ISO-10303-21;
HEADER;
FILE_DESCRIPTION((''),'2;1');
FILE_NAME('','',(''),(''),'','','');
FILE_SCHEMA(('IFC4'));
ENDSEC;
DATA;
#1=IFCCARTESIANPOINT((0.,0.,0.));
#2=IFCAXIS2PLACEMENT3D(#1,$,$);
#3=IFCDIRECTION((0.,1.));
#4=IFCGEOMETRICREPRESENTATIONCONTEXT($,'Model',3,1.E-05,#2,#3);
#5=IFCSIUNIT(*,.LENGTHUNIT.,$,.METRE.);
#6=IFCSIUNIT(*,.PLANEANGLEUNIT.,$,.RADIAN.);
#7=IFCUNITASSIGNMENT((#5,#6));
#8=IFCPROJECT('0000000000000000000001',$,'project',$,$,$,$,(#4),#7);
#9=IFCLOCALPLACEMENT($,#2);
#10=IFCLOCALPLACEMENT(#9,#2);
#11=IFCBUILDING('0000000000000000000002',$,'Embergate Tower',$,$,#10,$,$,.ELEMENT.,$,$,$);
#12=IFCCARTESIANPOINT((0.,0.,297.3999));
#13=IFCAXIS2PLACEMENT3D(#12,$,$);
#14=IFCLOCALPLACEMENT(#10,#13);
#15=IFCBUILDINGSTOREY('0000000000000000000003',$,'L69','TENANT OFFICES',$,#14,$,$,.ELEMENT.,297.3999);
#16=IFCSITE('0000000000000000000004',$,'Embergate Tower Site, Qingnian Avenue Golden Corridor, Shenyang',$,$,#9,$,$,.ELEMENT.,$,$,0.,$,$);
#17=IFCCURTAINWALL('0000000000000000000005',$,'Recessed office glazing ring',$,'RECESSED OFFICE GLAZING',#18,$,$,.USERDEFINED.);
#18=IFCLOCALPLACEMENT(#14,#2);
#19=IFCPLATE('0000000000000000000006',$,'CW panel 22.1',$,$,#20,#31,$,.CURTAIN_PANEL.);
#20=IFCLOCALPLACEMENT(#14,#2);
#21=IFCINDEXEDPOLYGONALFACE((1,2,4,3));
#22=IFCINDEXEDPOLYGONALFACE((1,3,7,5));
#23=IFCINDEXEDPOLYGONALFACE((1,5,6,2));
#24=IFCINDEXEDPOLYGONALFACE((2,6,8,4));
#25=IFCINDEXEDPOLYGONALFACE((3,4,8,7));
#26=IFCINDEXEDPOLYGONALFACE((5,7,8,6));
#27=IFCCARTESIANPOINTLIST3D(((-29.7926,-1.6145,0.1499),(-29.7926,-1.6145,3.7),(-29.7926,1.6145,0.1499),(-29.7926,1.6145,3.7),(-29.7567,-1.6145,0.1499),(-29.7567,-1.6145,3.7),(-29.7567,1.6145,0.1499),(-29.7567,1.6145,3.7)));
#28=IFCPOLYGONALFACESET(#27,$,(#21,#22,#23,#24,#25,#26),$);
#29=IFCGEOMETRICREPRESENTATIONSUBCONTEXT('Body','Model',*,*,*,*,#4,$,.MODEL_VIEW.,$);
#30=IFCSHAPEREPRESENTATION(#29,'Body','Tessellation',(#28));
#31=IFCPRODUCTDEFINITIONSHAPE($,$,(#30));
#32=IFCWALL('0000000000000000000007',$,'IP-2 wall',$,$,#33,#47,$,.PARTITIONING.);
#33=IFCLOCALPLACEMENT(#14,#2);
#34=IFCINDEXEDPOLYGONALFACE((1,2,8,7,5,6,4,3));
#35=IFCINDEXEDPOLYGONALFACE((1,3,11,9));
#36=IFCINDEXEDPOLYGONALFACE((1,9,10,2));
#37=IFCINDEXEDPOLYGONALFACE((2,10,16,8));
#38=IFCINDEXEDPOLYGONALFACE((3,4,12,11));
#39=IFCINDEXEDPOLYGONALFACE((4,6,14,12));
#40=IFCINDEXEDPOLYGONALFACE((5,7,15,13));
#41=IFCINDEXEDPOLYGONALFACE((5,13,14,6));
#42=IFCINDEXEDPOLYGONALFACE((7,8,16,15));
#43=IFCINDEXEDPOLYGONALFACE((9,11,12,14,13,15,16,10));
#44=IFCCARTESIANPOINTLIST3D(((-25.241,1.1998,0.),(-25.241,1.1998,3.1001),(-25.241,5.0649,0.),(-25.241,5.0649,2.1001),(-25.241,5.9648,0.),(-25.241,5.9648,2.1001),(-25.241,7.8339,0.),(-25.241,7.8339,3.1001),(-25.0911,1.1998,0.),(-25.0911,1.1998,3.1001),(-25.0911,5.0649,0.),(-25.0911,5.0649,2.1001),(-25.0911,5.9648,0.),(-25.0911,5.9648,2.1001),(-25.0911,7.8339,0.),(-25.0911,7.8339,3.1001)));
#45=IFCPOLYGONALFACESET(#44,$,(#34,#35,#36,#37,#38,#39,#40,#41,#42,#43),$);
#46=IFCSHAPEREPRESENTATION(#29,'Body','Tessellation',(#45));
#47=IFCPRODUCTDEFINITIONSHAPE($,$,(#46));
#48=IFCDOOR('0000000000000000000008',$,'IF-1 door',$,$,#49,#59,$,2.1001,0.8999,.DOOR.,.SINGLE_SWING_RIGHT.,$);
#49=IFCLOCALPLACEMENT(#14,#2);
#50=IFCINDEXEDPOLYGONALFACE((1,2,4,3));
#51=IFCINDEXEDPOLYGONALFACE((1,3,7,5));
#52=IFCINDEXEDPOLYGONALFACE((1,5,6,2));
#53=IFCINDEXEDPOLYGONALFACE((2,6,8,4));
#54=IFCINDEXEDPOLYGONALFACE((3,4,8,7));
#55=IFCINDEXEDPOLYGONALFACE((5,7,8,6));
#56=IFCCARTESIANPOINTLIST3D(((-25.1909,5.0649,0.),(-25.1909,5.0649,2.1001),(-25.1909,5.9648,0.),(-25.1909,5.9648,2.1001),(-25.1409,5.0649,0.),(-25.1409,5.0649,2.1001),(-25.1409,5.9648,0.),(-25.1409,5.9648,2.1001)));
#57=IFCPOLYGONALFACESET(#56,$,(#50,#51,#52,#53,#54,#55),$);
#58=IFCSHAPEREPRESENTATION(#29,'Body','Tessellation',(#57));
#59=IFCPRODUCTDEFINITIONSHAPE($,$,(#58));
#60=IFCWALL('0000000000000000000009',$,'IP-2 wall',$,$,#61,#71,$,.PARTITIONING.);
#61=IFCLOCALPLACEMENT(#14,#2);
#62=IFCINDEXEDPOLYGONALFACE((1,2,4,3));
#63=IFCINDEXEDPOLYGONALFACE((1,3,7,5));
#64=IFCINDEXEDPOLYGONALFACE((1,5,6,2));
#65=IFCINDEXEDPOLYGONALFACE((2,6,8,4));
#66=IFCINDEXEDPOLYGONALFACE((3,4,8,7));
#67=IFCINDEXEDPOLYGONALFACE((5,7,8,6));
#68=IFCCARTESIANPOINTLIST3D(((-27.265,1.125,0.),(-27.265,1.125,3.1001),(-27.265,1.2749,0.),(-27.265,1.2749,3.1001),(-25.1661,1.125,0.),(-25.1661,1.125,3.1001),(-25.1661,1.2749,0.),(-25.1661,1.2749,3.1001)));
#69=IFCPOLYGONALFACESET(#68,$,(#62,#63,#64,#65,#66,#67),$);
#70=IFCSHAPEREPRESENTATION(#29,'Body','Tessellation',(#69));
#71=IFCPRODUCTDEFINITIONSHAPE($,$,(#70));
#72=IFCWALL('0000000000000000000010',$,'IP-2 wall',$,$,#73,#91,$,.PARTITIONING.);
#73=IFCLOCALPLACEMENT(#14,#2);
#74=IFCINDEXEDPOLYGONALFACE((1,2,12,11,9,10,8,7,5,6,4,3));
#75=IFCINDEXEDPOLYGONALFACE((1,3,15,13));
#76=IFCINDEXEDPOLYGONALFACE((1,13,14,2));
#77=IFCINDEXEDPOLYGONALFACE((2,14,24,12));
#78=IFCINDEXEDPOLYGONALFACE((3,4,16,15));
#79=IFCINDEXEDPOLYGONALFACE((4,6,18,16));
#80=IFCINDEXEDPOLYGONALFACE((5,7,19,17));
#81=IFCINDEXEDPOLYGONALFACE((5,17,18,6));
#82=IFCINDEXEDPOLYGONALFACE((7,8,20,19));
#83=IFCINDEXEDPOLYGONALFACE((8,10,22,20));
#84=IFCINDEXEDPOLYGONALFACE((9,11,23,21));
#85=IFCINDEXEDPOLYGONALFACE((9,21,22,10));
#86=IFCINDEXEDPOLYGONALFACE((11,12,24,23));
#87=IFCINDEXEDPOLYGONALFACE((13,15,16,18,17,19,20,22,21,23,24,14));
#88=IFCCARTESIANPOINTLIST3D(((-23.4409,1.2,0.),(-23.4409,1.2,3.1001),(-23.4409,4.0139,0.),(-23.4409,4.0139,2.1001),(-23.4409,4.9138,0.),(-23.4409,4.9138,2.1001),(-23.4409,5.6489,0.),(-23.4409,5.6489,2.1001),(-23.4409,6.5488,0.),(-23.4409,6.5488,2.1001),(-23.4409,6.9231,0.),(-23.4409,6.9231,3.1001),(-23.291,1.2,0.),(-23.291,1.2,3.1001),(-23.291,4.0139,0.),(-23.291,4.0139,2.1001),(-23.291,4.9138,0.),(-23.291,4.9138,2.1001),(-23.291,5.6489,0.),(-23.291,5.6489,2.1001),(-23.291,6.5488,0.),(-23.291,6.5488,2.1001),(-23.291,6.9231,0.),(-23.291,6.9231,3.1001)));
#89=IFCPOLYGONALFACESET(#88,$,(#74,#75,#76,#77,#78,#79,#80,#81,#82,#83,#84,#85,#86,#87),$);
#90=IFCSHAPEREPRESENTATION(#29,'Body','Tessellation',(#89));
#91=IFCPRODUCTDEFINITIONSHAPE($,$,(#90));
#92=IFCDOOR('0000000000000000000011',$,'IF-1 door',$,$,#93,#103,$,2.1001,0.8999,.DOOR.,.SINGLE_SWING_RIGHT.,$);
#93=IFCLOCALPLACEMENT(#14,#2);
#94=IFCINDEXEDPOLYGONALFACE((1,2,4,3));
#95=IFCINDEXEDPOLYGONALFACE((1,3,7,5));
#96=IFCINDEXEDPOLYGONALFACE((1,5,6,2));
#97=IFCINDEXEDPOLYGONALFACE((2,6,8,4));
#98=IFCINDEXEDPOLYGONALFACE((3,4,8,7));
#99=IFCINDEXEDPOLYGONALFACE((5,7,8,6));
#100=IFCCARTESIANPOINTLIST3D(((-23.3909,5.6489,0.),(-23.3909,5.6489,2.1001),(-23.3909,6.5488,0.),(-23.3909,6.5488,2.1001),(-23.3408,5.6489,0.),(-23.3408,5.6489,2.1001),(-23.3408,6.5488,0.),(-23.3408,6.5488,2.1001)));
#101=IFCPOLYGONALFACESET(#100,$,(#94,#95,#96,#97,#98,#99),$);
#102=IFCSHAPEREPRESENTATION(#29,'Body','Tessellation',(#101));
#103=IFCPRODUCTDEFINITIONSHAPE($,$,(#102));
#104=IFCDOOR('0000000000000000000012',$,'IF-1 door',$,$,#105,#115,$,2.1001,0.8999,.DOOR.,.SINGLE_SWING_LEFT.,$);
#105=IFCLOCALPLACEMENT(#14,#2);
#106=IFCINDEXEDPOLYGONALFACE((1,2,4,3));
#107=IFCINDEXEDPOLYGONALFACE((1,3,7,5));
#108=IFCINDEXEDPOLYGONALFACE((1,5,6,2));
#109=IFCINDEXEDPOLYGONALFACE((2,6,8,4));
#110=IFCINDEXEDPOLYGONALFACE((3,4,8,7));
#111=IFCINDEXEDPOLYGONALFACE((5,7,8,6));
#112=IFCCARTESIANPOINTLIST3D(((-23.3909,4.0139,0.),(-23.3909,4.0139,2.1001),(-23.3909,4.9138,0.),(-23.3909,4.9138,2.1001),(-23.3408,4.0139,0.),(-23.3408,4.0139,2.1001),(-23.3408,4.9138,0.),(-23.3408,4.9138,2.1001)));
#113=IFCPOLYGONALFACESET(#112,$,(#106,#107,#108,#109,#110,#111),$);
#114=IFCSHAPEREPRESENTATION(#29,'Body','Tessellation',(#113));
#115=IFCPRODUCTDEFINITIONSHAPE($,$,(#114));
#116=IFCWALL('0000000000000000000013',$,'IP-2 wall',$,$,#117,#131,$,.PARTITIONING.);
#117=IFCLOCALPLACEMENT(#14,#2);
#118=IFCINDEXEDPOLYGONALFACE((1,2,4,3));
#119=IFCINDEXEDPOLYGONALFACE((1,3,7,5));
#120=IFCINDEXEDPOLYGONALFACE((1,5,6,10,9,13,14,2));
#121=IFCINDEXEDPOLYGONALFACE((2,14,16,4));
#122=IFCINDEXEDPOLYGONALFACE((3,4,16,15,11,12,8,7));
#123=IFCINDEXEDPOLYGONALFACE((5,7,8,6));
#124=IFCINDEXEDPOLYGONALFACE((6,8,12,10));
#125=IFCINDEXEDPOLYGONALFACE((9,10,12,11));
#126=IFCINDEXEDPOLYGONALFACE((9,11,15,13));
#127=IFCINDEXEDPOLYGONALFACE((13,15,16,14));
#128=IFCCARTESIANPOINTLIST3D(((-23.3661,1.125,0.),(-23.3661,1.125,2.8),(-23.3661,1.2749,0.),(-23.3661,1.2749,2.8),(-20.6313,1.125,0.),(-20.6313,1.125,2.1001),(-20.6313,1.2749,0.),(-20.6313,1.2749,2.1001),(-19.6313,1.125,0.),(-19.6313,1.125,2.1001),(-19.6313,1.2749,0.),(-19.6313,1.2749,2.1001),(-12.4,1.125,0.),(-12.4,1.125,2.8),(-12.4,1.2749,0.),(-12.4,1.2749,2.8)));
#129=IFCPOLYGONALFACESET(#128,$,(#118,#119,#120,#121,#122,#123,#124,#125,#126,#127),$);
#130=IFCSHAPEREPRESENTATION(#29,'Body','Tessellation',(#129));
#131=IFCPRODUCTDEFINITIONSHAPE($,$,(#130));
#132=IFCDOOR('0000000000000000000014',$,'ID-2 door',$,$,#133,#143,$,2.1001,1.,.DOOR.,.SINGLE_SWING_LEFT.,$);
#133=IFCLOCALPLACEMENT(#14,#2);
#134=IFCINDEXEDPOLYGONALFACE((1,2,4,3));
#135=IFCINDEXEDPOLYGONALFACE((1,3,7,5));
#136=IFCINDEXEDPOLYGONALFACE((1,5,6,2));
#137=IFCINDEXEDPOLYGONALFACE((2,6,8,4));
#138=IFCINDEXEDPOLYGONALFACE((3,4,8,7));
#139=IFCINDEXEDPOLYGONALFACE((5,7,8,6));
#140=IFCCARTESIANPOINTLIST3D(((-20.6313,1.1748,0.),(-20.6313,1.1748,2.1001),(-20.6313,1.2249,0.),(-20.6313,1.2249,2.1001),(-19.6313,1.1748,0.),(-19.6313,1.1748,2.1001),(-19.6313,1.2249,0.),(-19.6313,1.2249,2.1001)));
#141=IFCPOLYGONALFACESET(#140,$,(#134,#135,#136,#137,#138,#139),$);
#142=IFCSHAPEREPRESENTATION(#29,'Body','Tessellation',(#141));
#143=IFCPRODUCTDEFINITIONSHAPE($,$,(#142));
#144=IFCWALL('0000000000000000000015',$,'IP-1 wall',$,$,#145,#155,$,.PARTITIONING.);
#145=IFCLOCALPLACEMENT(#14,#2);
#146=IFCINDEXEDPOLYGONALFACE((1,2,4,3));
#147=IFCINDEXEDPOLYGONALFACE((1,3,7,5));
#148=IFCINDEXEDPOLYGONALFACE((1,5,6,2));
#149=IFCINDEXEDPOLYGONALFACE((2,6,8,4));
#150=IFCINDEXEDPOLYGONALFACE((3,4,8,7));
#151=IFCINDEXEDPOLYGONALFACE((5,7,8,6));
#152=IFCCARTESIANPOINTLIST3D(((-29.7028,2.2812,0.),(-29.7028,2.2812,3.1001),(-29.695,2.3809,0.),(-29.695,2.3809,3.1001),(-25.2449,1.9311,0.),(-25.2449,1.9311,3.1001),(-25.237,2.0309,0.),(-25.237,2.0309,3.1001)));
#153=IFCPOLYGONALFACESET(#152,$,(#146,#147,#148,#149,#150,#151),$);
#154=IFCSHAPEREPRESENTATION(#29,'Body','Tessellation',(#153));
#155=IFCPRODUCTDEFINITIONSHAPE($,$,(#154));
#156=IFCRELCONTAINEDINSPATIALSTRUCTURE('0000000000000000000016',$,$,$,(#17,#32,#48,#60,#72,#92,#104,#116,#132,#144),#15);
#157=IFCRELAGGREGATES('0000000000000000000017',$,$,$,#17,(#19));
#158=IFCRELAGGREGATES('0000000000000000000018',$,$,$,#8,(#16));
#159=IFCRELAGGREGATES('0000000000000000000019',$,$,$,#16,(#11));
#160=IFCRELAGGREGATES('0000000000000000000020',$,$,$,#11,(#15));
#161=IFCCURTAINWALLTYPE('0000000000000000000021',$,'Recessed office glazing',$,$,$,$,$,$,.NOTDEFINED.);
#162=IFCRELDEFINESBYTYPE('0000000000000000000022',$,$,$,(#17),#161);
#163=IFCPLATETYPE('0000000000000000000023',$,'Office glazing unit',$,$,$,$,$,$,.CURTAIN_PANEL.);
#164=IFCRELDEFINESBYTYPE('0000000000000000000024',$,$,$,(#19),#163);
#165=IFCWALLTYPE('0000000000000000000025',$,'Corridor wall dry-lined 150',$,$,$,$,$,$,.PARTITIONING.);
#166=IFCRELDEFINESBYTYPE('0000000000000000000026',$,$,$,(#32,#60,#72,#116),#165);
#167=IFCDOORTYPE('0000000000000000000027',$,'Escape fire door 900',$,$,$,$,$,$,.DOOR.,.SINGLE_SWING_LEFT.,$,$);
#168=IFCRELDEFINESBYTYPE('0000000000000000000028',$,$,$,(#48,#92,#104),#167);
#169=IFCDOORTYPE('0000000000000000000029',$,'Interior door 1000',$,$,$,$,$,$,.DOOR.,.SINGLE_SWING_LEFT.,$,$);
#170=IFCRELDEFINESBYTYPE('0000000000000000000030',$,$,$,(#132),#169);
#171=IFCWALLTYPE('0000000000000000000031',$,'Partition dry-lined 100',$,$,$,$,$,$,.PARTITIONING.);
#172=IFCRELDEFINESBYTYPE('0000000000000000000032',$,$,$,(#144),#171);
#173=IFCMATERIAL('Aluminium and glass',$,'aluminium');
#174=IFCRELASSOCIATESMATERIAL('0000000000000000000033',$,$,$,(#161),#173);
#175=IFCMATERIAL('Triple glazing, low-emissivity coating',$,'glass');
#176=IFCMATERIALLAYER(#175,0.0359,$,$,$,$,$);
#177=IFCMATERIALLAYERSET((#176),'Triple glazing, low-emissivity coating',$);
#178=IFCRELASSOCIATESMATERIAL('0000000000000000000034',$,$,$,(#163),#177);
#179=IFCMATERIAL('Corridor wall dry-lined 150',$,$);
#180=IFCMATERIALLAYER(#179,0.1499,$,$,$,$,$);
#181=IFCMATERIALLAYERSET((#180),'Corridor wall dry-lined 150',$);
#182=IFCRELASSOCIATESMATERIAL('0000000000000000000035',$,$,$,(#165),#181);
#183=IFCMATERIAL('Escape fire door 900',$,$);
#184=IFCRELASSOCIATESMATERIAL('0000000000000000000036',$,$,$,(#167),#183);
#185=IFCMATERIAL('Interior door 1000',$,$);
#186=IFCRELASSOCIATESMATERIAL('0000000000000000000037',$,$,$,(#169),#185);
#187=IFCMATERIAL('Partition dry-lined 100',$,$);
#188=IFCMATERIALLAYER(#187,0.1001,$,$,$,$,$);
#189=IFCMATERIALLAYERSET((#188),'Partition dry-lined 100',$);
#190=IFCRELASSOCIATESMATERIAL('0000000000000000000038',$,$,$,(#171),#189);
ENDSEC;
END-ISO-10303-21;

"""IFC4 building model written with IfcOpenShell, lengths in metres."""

from ifc_helpers import new_model, si_unit, direction, frame, frame_2d, origin, origin_2d, place, context, subcontext, project, spatial, rectangle, extrude, source, transform, mapped, material, layer, layer_set, type_object, element, fill, aggregate, save


model = new_model("IFC4")

# Units and contexts
model_context = context("Model", 3, precision=1e-05, world=origin(), true_north=direction((0.0, 1.0)))
body_context = subcontext(model_context, "Body", "Model", "MODEL_VIEW")
ifc_project = project(units=[si_unit("LENGTHUNIT", "METRE"), si_unit("PLANEANGLEUNIT", "RADIAN")], contexts=[model_context])

# Site, building, storey
site_placement = place(None, origin())
site = spatial("IfcSite", under=ifc_project, at=site_placement, Name="Embergate Tower Site, Qingnian Avenue Golden Corridor, Shenyang", CompositionType="ELEMENT", RefElevation=0.0)
building_placement = place(site_placement, origin())
building = spatial("IfcBuilding", under=site, at=building_placement, Name="Embergate Tower", CompositionType="ELEMENT")
storey_placement = place(building_placement, frame((0.0, 0.0, 297.3999)))
storey = spatial("IfcBuildingStorey", under=building, at=storey_placement, Name="L69", Description="TENANT OFFICES", CompositionType="ELEMENT", Elevation=297.3999)

# Curtain wall, plate
ifc_material_1 = material(Name="Aluminium and glass", Category="aluminium")
curtain_wall_type = type_object("IfcCurtainWallType", Name="Recessed office glazing", PredefinedType="NOTDEFINED", material=ifc_material_1)
curtain_wall_placement = place(storey_placement, origin())
curtain_wall = element("IfcCurtainWall", 1, at=curtain_wall_placement, inside=storey, type_object=curtain_wall_type, Name="Recessed office glazing ring", ObjectType="RECESSED OFFICE GLAZING", PredefinedType="USERDEFINED")
ifc_material_2 = material(Name="Triple glazing, low-emissivity coating", Category="glass")
ifc_layer_1 = layer(ifc_material_2, 0.0359)
ifc_layer_set_1 = layer_set([ifc_layer_1], Name="Triple glazing, low-emissivity coating")
plate_type = type_object("IfcPlateType", Name="Office glazing unit", PredefinedType="CURTAIN_PANEL", material=ifc_layer_set_1)
shared_shape_1 = source(origin(), body_context, "Body", "SweptSolid", [
    extrude(rectangle(XDim=3.229, YDim=0.0359, at=origin_2d()), origin(), (0.0, 0.0, 1.0), 3.55),
])
plate_1_placement = place(storey_placement, frame((-29.7747, 0.0, 0.1499), z_axis=(0.0, 0.0, 1.0), x_axis=(0.0, -1.0, 0.0)))
plate_1 = element("IfcPlate", 2, at=plate_1_placement, type_object=plate_type, Name="CW panel 22.1", PredefinedType="CURTAIN_PANEL", context=body_context, shape_type="MappedRepresentation", body=[
    mapped(shared_shape_1, transform((0.0, 0.0, 0.0))),
])
aggregate(curtain_wall, [plate_1])

# Wall, opening, door
ifc_material_3 = material(Name="Corridor wall dry-lined 150")
ifc_layer_2 = layer(ifc_material_3, 0.1499)
ifc_layer_set_2 = layer_set([ifc_layer_2], Name="Corridor wall dry-lined 150")
wall_type_1 = type_object("IfcWallType", Name="Corridor wall dry-lined 150", PredefinedType="PARTITIONING", material=ifc_layer_set_2)
shared_shape_2 = source(origin(), body_context, "Body", "SweptSolid", [
    extrude(rectangle(XDim=6.634, YDim=0.1499, at=frame_2d((3.3169, 0.0))), origin(), (0.0, 0.0, 1.0), 3.1001),
])
wall_1_placement = place(storey_placement, frame((-25.166, 1.2, 0.0), z_axis=(0.0, 0.0, 1.0), x_axis=(0.0, 1.0, 0.0)))
wall_1 = element("IfcWall", 3, at=wall_1_placement, inside=storey, type_object=wall_type_1, Name="IP-2 wall", PredefinedType="PARTITIONING", context=body_context, shape_type="MappedRepresentation", body=[
    mapped(shared_shape_2, transform((0.0, 0.0, 0.0))),
])
shared_shape_3 = source(origin(), body_context, "Body", "SweptSolid", [
    extrude(rectangle(XDim=0.8999, YDim=2.1001, at=frame_2d((0.45, 1.05))), frame((0.0, 0.085, 0.0), z_axis=(0.0, -1.0, 0.0), x_axis=(1.0, 0.0, 0.0)), (0.0, 0.0, 1.0), 0.1699),
])
opening_1_placement = place(wall_1_placement, frame((3.865, 0.0, 0.0)))
opening_1 = element("IfcOpeningElement", 4, at=opening_1_placement, cuts=wall_1, PredefinedType="OPENING", context=body_context, shape_type="MappedRepresentation", body=[
    mapped(shared_shape_3, transform((0.0, 0.0, 0.0))),
])
ifc_material_4 = material(Name="Escape fire door 900")
door_type_1 = type_object("IfcDoorType", Name="Escape fire door 900", OperationType="SINGLE_SWING_LEFT", PredefinedType="DOOR", material=ifc_material_4)
shared_shape_4 = source(origin(), body_context, "Body", "SweptSolid", [
    extrude(rectangle(XDim=0.8999, YDim=2.1001, at=frame_2d((0.45, 1.05))), frame((0.0, 0.0249, 0.0), z_axis=(0.0, -1.0, 0.0), x_axis=(1.0, 0.0, 0.0)), (0.0, 0.0, 1.0), 0.05),
])
door_1_placement = place(opening_1_placement, origin())
door_1 = element("IfcDoor", 5, at=door_1_placement, inside=storey, type_object=door_type_1, Name="IF-1 door", OperationType="SINGLE_SWING_RIGHT", OverallHeight=2.1001, OverallWidth=0.8999, PredefinedType="DOOR", context=body_context, shape_type="MappedRepresentation", body=[
    mapped(shared_shape_4, transform((0.0, 0.0, 0.0))),
])
fill(opening_1, door_1)

# Wall
shared_shape_5 = source(origin(), body_context, "Body", "SweptSolid", [
    extrude(rectangle(XDim=2.0989, YDim=0.1499, at=frame_2d((1.0493, 0.0))), origin(), (0.0, 0.0, 1.0), 3.1001),
])
wall_2_placement = place(storey_placement, frame((-27.2649, 1.2, 0.0), z_axis=(0.0, 0.0, 1.0), x_axis=(1.0, 0.0, 0.0)))
element("IfcWall", 6, at=wall_2_placement, inside=storey, type_object=wall_type_1, Name="IP-2 wall", PredefinedType="PARTITIONING", context=body_context, shape_type="MappedRepresentation", body=[
    mapped(shared_shape_5, transform((0.0, 0.0, 0.0))),
])

# Wall, openings, doors
shared_shape_6 = source(origin(), body_context, "Body", "SweptSolid", [
    extrude(rectangle(XDim=5.7231, YDim=0.1499, at=frame_2d((2.8616, 0.0))), origin(), (0.0, 0.0, 1.0), 3.1001),
])
wall_3_placement = place(storey_placement, frame((-23.366, 1.2, 0.0), z_axis=(0.0, 0.0, 1.0), x_axis=(0.0, 1.0, 0.0)))
wall_3 = element("IfcWall", 7, at=wall_3_placement, inside=storey, type_object=wall_type_1, Name="IP-2 wall", PredefinedType="PARTITIONING", context=body_context, shape_type="MappedRepresentation", body=[
    mapped(shared_shape_6, transform((0.0, 0.0, 0.0))),
])
opening_2_placement = place(wall_3_placement, frame((4.449, 0.0, 0.0)))
opening_2 = element("IfcOpeningElement", 8, at=opening_2_placement, cuts=wall_3, PredefinedType="OPENING", context=body_context, shape_type="MappedRepresentation", body=[
    mapped(shared_shape_3, transform((0.0, 0.0, 0.0))),
])
opening_3_placement = place(wall_3_placement, frame((2.814, 0.0, 0.0)))
opening_3 = element("IfcOpeningElement", 9, at=opening_3_placement, cuts=wall_3, PredefinedType="OPENING", context=body_context, shape_type="MappedRepresentation", body=[
    mapped(shared_shape_3, transform((0.0, 0.0, 0.0))),
])
door_2_placement = place(opening_2_placement, origin())
door_2 = element("IfcDoor", 10, at=door_2_placement, inside=storey, type_object=door_type_1, Name="IF-1 door", OperationType="SINGLE_SWING_RIGHT", OverallHeight=2.1001, OverallWidth=0.8999, PredefinedType="DOOR", context=body_context, shape_type="MappedRepresentation", body=[
    mapped(shared_shape_4, transform((0.0, 0.0, 0.0))),
])
fill(opening_2, door_2)
door_3_placement = place(opening_3_placement, origin())
door_3 = element("IfcDoor", 11, at=door_3_placement, inside=storey, type_object=door_type_1, Name="IF-1 door", OperationType="SINGLE_SWING_LEFT", OverallHeight=2.1001, OverallWidth=0.8999, PredefinedType="DOOR", context=body_context, shape_type="MappedRepresentation", body=[
    mapped(shared_shape_4, transform((0.0, 0.0, 0.0))),
])
fill(opening_3, door_3)

# Wall, opening, door
shared_shape_7 = source(origin(), body_context, "Body", "SweptSolid", [
    extrude(rectangle(XDim=10.9661, YDim=0.1499, at=frame_2d((5.4829, 0.0))), origin(), (0.0, 0.0, 1.0), 2.8),
])
wall_4_placement = place(storey_placement, frame((-23.366, 1.2, 0.0), z_axis=(0.0, 0.0, 1.0), x_axis=(1.0, 0.0, 0.0)))
wall_4 = element("IfcWall", 12, at=wall_4_placement, inside=storey, type_object=wall_type_1, Name="IP-2 wall", PredefinedType="PARTITIONING", context=body_context, shape_type="MappedRepresentation", body=[
    mapped(shared_shape_7, transform((0.0, 0.0, 0.0))),
])
shared_shape_8 = source(origin(), body_context, "Body", "SweptSolid", [
    extrude(rectangle(XDim=1.0, YDim=2.1001, at=frame_2d((0.5, 1.05))), frame((0.0, 0.085, 0.0), z_axis=(0.0, -1.0, 0.0), x_axis=(1.0, 0.0, 0.0)), (0.0, 0.0, 1.0), 0.1699),
])
opening_4_placement = place(wall_4_placement, frame((2.7346, 0.0, 0.0)))
opening_4 = element("IfcOpeningElement", 13, at=opening_4_placement, cuts=wall_4, PredefinedType="OPENING", context=body_context, shape_type="MappedRepresentation", body=[
    mapped(shared_shape_8, transform((0.0, 0.0, 0.0))),
])
ifc_material_5 = material(Name="Interior door 1000")
door_type_2 = type_object("IfcDoorType", Name="Interior door 1000", OperationType="SINGLE_SWING_LEFT", PredefinedType="DOOR", material=ifc_material_5)
shared_shape_9 = source(origin(), body_context, "Body", "SweptSolid", [
    extrude(rectangle(XDim=1.0, YDim=2.1001, at=frame_2d((0.5, 1.05))), frame((0.0, 0.0249, 0.0), z_axis=(0.0, -1.0, 0.0), x_axis=(1.0, 0.0, 0.0)), (0.0, 0.0, 1.0), 0.05),
])
door_4_placement = place(opening_4_placement, origin())
door_4 = element("IfcDoor", 14, at=door_4_placement, inside=storey, type_object=door_type_2, Name="ID-2 door", OperationType="SINGLE_SWING_LEFT", OverallHeight=2.1001, OverallWidth=1.0, PredefinedType="DOOR", context=body_context, shape_type="MappedRepresentation", body=[
    mapped(shared_shape_9, transform((0.0, 0.0, 0.0))),
])
fill(opening_4, door_4)

# Wall
ifc_material_6 = material(Name="Partition dry-lined 100")
ifc_layer_3 = layer(ifc_material_6, 0.1001)
ifc_layer_set_3 = layer_set([ifc_layer_3], Name="Partition dry-lined 100")
wall_type_2 = type_object("IfcWallType", Name="Partition dry-lined 100", PredefinedType="PARTITIONING", material=ifc_layer_set_3)
shared_shape_10 = source(origin(), body_context, "Body", "SweptSolid", [
    extrude(rectangle(XDim=4.4717, YDim=0.1001, at=frame_2d((2.2358, 0.0))), origin(), (0.0, 0.0, 1.0), 3.1001),
])
wall_5_placement = place(storey_placement, frame((-25.241, 1.981, 0.0), z_axis=(0.0, 0.0, 1.0), x_axis=(-0.996931, 0.078291, 0.0)))
element("IfcWall", 15, at=wall_5_placement, inside=storey, type_object=wall_type_2, Name="IP-1 wall", PredefinedType="PARTITIONING", context=body_context, shape_type="MappedRepresentation", body=[
    mapped(shared_shape_10, transform((0.0, 0.0, 0.0))),
])

save(model, "model.ifc")
